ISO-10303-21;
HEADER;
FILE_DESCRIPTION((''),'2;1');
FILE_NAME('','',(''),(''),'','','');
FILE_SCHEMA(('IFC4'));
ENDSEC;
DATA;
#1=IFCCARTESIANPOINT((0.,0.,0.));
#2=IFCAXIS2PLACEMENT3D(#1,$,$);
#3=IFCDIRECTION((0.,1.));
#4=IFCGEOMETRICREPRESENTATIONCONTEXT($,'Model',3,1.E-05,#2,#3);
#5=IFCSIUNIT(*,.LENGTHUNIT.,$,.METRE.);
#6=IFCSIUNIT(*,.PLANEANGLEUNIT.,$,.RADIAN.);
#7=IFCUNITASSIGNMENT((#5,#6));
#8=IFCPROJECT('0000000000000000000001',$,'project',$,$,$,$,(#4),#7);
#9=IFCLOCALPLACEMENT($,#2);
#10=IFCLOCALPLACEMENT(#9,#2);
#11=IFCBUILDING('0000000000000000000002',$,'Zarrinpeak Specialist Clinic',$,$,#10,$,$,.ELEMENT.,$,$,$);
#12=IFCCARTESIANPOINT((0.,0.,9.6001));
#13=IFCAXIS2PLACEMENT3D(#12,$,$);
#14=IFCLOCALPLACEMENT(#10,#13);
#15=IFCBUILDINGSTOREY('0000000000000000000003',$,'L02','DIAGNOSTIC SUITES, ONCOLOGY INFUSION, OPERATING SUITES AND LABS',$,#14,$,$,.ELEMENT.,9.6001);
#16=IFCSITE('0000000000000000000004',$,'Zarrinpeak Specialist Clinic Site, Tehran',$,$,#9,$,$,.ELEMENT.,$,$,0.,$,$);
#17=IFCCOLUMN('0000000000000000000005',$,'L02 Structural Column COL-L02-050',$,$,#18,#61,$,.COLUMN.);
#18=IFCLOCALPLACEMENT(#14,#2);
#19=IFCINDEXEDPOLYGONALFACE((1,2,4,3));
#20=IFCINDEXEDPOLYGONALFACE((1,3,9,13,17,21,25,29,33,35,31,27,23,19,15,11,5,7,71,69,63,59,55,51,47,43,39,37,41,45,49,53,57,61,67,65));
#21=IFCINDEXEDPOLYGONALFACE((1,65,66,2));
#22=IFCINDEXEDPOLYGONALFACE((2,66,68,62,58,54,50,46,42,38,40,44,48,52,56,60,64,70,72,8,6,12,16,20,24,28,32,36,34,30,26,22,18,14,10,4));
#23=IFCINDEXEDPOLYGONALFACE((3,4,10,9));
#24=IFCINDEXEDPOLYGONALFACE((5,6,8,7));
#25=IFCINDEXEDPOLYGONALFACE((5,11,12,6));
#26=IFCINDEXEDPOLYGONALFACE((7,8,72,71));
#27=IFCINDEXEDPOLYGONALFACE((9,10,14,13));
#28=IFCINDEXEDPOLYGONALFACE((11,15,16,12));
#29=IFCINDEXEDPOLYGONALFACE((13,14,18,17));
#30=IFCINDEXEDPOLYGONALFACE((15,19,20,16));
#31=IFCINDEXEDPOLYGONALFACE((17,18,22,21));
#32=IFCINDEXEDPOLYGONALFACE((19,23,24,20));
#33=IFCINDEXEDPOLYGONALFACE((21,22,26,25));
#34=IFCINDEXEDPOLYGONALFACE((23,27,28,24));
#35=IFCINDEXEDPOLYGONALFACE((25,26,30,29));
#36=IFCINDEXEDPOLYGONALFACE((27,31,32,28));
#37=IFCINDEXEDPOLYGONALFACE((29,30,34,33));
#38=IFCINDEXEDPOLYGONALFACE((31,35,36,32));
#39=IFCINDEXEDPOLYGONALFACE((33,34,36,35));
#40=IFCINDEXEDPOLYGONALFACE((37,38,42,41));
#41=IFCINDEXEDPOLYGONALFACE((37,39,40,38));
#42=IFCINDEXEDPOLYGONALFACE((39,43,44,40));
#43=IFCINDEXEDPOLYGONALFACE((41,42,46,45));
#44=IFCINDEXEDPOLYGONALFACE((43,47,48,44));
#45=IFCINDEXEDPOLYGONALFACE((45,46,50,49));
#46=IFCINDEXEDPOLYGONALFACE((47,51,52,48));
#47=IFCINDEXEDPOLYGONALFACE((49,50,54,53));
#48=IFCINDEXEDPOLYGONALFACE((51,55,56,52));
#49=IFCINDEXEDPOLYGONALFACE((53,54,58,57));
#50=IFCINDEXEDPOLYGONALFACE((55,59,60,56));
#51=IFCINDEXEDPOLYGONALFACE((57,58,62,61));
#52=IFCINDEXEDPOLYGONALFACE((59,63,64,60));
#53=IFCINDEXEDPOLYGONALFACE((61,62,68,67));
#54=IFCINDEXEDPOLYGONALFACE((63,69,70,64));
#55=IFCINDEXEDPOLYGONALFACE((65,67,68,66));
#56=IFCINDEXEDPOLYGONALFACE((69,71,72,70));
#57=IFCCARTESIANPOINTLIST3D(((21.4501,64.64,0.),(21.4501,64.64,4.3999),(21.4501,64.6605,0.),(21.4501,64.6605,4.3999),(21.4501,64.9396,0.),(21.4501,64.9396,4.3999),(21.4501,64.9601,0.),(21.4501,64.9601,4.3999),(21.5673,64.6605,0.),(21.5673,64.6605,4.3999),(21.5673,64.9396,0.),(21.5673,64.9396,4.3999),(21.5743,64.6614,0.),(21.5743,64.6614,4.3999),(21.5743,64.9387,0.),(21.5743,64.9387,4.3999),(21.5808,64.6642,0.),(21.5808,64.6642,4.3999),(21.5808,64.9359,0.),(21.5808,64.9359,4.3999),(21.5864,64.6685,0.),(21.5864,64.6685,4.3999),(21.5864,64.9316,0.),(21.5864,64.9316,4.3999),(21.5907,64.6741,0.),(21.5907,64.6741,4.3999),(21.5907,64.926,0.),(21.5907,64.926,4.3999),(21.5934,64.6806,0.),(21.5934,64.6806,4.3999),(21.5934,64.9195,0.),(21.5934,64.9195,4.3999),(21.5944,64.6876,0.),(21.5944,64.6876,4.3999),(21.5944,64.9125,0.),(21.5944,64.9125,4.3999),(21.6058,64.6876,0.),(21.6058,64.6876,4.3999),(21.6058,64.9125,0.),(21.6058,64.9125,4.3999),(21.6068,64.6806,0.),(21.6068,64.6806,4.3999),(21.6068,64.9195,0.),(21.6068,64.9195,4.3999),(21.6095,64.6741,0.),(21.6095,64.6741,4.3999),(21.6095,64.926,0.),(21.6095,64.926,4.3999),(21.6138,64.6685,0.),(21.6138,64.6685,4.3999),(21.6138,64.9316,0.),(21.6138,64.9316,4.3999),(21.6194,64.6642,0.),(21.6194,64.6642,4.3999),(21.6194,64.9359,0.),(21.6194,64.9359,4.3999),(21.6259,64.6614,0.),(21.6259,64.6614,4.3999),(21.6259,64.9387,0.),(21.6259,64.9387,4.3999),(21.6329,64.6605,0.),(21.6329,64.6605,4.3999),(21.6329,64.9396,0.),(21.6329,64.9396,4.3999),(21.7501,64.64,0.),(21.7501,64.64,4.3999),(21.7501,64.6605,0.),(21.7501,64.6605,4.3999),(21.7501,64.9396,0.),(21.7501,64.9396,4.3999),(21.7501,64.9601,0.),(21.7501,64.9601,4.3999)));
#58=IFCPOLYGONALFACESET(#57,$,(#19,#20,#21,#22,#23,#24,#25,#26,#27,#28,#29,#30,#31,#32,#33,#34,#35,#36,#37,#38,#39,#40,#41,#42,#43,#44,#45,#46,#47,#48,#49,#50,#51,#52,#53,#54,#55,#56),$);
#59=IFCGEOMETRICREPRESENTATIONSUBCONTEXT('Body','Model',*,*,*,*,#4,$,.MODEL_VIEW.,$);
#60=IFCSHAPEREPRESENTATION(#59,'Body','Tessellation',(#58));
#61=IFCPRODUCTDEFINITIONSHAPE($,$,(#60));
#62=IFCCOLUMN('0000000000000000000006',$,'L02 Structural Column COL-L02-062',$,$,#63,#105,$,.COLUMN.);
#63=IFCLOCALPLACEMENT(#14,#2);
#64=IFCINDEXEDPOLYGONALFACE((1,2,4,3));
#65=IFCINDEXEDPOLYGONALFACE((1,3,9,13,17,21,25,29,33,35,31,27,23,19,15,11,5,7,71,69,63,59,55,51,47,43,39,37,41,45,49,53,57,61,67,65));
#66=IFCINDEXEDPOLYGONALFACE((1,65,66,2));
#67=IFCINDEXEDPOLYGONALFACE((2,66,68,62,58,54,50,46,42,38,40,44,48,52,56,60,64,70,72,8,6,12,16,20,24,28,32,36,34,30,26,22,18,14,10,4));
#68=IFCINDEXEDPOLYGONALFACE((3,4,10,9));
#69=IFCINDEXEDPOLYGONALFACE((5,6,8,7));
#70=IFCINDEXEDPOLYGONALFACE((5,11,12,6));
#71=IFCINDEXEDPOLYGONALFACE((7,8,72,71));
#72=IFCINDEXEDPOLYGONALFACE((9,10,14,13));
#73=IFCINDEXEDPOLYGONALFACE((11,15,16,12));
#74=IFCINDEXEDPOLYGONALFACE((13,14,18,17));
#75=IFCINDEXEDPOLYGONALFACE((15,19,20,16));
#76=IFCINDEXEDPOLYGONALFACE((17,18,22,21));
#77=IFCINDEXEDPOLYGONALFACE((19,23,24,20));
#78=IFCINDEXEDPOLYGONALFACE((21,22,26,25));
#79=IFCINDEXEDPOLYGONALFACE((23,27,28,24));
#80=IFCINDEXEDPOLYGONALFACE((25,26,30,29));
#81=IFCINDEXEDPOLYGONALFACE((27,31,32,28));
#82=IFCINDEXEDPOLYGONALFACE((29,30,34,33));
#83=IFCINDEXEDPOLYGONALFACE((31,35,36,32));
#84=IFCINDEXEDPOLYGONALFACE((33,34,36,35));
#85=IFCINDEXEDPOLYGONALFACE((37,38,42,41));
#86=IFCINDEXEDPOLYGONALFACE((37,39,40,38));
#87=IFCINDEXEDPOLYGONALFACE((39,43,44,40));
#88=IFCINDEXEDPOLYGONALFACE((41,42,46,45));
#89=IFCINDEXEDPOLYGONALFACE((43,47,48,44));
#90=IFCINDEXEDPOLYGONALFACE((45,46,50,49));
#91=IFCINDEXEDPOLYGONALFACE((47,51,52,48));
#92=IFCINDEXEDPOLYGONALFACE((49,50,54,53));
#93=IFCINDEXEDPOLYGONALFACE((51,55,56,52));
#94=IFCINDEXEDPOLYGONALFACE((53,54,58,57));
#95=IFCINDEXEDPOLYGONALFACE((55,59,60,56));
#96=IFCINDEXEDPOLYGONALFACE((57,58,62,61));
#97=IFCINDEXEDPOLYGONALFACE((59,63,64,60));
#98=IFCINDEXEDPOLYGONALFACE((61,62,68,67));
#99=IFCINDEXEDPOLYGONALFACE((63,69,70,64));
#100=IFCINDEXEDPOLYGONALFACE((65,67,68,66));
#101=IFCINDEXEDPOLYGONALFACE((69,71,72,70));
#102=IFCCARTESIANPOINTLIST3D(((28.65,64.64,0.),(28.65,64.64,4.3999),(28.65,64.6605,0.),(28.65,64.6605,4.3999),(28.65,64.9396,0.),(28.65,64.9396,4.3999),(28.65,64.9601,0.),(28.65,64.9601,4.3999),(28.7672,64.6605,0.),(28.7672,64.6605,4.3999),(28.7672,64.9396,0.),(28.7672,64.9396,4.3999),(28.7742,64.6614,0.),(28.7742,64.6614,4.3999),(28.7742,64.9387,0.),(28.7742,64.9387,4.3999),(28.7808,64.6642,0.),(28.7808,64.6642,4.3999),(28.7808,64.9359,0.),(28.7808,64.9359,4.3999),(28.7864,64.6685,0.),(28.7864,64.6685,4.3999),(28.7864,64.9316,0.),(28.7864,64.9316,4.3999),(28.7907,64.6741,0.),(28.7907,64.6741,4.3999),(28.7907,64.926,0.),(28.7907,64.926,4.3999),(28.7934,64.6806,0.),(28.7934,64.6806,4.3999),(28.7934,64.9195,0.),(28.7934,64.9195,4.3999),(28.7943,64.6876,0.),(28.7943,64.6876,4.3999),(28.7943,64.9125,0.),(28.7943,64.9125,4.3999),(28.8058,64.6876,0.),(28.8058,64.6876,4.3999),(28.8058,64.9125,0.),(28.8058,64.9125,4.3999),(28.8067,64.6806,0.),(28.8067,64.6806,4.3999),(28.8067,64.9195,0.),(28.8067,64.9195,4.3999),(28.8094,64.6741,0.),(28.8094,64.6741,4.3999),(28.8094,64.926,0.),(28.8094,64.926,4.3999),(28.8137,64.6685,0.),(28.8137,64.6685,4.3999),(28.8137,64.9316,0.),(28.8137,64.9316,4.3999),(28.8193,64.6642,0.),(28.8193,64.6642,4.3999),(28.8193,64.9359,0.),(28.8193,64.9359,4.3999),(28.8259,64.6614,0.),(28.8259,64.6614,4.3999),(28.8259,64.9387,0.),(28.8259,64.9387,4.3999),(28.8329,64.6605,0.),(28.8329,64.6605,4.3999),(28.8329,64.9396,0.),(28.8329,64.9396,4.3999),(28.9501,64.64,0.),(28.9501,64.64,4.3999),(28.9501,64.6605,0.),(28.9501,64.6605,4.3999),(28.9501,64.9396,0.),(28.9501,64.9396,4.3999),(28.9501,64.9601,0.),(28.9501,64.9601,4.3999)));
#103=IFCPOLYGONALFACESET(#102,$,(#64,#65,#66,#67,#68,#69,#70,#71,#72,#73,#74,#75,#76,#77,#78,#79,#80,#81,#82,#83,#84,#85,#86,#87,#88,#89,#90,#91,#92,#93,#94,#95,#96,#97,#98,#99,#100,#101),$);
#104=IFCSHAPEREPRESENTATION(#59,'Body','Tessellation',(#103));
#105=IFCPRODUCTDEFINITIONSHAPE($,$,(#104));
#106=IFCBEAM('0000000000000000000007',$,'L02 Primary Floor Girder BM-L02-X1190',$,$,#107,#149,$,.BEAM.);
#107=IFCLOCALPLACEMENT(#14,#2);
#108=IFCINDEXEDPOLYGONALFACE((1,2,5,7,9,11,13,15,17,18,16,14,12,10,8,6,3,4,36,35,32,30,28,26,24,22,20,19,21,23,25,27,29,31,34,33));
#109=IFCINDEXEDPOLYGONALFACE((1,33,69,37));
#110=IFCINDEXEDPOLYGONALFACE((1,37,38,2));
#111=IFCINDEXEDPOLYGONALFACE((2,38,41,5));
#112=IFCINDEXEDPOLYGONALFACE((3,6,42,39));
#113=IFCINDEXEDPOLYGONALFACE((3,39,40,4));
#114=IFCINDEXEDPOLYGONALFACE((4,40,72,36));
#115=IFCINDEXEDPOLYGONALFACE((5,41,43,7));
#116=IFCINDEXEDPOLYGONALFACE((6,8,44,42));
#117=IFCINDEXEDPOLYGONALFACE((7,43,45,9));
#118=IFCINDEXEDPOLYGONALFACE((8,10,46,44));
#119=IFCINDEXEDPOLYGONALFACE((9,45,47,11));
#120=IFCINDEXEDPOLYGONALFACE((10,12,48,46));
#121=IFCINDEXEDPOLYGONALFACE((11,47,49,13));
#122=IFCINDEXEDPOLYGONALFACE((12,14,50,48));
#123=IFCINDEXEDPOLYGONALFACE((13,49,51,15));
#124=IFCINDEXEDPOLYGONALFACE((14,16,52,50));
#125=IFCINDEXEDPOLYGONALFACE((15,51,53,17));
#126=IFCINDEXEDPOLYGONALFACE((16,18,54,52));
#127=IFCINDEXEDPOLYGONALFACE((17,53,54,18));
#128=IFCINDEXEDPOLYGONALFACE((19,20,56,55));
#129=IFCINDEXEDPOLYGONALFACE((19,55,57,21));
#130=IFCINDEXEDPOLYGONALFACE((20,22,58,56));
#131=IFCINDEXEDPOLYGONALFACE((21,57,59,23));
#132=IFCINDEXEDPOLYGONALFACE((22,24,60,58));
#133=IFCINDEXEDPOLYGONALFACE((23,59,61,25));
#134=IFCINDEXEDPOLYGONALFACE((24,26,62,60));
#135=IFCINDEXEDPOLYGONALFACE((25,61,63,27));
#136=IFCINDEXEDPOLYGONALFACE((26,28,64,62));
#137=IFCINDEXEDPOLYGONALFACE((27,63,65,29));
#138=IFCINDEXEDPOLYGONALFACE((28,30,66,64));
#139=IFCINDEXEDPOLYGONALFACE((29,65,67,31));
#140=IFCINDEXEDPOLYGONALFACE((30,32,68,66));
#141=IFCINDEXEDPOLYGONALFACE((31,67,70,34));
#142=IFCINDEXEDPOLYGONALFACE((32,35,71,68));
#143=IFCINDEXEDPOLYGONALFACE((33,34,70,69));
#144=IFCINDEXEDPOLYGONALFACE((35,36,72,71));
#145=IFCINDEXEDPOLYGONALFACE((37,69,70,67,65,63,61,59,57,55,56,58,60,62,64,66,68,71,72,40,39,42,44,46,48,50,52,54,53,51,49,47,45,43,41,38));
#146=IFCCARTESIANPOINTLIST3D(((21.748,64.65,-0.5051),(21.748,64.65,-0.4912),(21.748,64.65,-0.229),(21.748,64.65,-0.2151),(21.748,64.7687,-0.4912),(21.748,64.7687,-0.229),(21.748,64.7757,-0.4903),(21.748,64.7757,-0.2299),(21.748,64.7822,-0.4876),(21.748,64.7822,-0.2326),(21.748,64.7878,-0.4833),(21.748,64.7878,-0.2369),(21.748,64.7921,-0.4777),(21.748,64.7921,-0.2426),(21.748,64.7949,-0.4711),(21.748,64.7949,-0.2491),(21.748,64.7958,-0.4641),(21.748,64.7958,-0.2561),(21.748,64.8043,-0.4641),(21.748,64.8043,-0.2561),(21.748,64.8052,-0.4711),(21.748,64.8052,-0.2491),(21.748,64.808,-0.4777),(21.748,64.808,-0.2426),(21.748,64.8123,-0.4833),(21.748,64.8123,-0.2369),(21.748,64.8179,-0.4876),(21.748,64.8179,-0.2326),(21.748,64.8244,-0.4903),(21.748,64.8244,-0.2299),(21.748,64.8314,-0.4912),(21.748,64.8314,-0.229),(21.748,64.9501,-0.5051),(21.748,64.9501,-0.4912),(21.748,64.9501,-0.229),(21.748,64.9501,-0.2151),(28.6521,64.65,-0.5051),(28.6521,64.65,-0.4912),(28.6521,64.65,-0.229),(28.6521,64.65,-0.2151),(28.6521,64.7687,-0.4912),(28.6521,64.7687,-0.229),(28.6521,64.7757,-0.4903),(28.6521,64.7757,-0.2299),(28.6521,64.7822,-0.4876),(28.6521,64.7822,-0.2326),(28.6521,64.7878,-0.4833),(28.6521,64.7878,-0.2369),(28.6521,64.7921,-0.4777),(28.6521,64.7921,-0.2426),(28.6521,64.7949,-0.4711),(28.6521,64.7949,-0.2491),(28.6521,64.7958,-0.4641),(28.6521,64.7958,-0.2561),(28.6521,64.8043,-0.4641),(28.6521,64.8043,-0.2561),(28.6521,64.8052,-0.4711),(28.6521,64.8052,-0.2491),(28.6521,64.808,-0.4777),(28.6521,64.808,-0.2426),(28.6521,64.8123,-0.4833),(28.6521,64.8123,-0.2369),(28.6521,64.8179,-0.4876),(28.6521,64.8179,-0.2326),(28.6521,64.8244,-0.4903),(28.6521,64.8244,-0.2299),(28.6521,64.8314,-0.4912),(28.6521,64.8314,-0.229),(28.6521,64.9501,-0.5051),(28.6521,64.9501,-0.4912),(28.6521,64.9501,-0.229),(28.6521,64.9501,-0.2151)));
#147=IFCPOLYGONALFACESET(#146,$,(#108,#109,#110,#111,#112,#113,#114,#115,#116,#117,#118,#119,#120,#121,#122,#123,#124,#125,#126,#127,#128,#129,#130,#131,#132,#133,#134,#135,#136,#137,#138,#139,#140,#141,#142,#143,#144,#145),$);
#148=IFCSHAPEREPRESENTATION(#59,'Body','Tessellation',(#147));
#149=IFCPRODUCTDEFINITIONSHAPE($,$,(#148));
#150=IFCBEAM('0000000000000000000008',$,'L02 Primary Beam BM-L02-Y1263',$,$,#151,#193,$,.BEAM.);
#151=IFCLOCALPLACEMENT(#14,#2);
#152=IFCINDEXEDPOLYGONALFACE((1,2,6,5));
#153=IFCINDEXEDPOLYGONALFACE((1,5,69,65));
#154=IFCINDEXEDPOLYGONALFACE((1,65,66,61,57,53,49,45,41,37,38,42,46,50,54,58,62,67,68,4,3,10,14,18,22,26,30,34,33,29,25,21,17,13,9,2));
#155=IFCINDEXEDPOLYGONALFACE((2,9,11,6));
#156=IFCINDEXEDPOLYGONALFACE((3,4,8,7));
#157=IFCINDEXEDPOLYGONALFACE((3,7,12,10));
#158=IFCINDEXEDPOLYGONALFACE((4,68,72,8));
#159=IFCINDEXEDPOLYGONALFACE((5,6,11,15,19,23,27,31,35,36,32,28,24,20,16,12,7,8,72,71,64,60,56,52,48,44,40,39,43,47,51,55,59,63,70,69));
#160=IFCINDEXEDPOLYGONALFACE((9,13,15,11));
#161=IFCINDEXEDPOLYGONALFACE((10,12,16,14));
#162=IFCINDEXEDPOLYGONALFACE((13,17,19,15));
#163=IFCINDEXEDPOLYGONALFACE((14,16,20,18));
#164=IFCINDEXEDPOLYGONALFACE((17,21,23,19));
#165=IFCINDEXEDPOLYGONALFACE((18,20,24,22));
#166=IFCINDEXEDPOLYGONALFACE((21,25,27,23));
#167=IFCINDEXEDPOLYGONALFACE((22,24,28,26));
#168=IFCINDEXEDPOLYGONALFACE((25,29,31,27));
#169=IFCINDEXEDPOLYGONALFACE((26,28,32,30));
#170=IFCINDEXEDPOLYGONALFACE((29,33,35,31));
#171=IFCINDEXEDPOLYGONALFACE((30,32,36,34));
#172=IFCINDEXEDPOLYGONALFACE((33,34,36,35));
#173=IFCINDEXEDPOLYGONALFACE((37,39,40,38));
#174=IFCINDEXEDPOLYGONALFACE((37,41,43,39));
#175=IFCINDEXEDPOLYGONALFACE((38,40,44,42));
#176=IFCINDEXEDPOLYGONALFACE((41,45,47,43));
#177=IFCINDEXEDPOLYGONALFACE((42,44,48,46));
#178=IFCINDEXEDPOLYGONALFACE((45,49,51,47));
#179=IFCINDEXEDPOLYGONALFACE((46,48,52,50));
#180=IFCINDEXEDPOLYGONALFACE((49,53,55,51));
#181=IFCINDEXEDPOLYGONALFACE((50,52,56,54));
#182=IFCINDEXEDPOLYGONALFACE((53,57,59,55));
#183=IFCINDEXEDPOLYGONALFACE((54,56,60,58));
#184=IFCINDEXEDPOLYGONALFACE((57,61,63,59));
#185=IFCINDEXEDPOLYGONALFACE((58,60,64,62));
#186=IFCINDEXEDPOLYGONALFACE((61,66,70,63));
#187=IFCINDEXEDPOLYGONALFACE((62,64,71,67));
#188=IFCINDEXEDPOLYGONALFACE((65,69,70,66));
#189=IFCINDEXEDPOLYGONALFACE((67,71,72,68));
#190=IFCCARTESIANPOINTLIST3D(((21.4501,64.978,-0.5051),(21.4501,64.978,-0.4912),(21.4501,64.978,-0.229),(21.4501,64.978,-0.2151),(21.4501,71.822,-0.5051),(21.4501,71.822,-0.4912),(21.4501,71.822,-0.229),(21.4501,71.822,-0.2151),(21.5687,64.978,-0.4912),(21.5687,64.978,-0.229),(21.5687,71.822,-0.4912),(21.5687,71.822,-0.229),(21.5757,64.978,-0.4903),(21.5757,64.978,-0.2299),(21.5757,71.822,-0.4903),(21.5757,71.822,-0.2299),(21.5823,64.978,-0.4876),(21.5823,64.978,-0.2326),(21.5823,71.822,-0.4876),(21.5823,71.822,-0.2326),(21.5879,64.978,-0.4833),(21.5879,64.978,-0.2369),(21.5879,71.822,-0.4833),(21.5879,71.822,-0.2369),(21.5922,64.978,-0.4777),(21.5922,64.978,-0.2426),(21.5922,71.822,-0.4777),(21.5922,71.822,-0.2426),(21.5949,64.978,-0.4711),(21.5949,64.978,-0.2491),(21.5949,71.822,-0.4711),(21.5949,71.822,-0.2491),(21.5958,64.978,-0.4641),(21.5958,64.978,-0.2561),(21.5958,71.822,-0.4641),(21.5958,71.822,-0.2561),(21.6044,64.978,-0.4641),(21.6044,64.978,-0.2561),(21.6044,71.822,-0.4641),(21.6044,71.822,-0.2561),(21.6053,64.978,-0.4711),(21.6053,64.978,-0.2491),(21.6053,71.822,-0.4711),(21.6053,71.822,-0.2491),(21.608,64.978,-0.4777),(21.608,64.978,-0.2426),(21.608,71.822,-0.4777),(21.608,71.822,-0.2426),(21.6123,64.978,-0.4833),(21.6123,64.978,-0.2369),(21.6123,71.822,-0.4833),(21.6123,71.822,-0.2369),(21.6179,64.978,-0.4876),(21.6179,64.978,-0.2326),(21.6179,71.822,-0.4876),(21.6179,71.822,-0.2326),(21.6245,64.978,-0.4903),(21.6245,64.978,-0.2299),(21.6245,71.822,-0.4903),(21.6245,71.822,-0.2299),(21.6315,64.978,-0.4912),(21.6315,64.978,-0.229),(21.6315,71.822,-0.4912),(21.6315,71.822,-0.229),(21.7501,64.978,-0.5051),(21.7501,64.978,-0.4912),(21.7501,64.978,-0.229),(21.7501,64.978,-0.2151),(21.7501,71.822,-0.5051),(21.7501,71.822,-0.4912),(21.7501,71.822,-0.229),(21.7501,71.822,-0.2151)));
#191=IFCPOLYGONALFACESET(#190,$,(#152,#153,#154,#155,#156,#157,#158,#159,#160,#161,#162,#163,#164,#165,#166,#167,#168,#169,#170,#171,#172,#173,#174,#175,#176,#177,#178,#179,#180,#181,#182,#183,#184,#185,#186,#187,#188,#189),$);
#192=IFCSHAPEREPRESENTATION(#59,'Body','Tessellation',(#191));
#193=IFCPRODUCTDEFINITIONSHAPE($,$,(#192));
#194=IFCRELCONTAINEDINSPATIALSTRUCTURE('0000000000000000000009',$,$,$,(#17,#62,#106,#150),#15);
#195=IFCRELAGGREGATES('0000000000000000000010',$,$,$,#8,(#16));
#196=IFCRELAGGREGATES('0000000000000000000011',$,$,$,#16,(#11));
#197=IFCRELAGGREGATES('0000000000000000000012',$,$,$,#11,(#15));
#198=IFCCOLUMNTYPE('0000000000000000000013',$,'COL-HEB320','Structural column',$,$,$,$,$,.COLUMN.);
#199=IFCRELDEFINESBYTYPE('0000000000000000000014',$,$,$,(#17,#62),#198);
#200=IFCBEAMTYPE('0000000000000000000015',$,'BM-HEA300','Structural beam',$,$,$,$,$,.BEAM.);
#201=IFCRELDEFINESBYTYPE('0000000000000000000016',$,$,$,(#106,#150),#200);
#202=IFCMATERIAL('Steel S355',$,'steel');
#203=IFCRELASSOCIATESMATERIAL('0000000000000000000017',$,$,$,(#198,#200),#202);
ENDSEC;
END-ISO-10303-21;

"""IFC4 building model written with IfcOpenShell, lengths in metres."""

from ifc_helpers import new_model, si_unit, direction, frame, origin, origin_2d, place, context, subcontext, project, spatial, i_section, extrude, material, material_profile, profile_set, type_object, element, save


model = new_model("IFC4")

# Units and contexts
model_context = context("Model", 3, precision=1e-05, world=origin(), true_north=direction((0.0, 1.0)))
body_context = subcontext(model_context, "Body", "Model", "MODEL_VIEW")
ifc_project = project(units=[si_unit("LENGTHUNIT", "METRE"), si_unit("PLANEANGLEUNIT", "RADIAN")], contexts=[model_context])

# Site, building, storey
site_placement = place(None, origin())
site = spatial("IfcSite", under=ifc_project, at=site_placement, Name="Zarrinpeak Specialist Clinic Site, Tehran", CompositionType="ELEMENT", RefElevation=0.0)
building_placement = place(site_placement, origin())
building = spatial("IfcBuilding", under=site, at=building_placement, Name="Zarrinpeak Specialist Clinic", CompositionType="ELEMENT")
storey_placement = place(building_placement, frame((0.0, 0.0, 9.6001)))
storey = spatial("IfcBuildingStorey", under=building, at=storey_placement, Name="L02", Description="DIAGNOSTIC SUITES, ONCOLOGY INFUSION, OPERATING SUITES AND LABS", CompositionType="ELEMENT", Elevation=9.6001)

# Columns
ifc_material_1 = material(Name="Steel S355", Category="steel")
ifc_material_profile_1 = material_profile(ifc_material_1, i_section(OverallWidth=0.3, OverallDepth=0.3201, WebThickness=0.0115, FlangeThickness=0.0205, FilletRadius=0.0271, at=origin_2d()), Name="HEB 320")
ifc_profile_set_1 = profile_set([ifc_material_profile_1], Name="Steel S355")
column_type = type_object("IfcColumnType", Name="COL-HEB320", Description="Structural column", PredefinedType="COLUMN", material=ifc_profile_set_1)
for number, where, z_axis, x_axis, name in (
    (1, (21.6001, 64.8, 0.0), (0.0, 0.0, 1.0), (1.0, 0.0, 0.0), "L02 Structural Column COL-L02-050"),
    (2, (28.8, 64.8, 0.0), (0.0, 0.0, 1.0), (1.0, 0.0, 0.0), "L02 Structural Column COL-L02-062"),
):
    element("IfcColumn", number, at=place(storey_placement, frame(where, z_axis=z_axis, x_axis=x_axis)), inside=storey, type_object=column_type, Name=name, PredefinedType="COLUMN", context=body_context, shape_type="SweptSolid", body=[
        extrude(i_section(OverallWidth=0.3, OverallDepth=0.3201, WebThickness=0.0115, FlangeThickness=0.0205, FilletRadius=0.0271, at=origin_2d()), origin(), (0.0, 0.0, 1.0), 4.3999),
    ])

# Beams
ifc_material_profile_2 = material_profile(ifc_material_1, i_section(OverallWidth=0.3, OverallDepth=0.29, WebThickness=0.0085, FlangeThickness=0.0139, FilletRadius=0.0271, at=origin_2d()), Name="HEA 300")
ifc_profile_set_2 = profile_set([ifc_material_profile_2], Name="Steel S355")
beam_type_1 = type_object("IfcBeamType", Name="BM-HEA300", Description="Structural beam", PredefinedType="BEAM", material=ifc_profile_set_2)
beam_1_placement = place(storey_placement, frame((21.748, 64.8, -0.3601), z_axis=(1.0, 0.0, 0.0), x_axis=(0.0, 1.0, 0.0)))
element("IfcBeam", 3, at=beam_1_placement, inside=storey, type_object=beam_type_1, Name="L02 Primary Floor Girder BM-L02-X1190", PredefinedType="BEAM", context=body_context, shape_type="SweptSolid", body=[
    extrude(i_section(OverallWidth=0.3, OverallDepth=0.29, WebThickness=0.0085, FlangeThickness=0.0139, FilletRadius=0.0271, at=origin_2d()), origin(), (0.0, 0.0, 1.0), 6.9041),
])
beam_2_placement = place(storey_placement, frame((21.6001, 64.978, -0.3601), z_axis=(0.0, 1.0, 0.0), x_axis=(-1.0, 0.0, 0.0)))
element("IfcBeam", 4, at=beam_2_placement, inside=storey, type_object=beam_type_1, Name="L02 Primary Beam BM-L02-Y1263", PredefinedType="BEAM", context=body_context, shape_type="SweptSolid", body=[
    extrude(i_section(OverallWidth=0.3, OverallDepth=0.29, WebThickness=0.0085, FlangeThickness=0.0139, FilletRadius=0.0271, at=origin_2d()), origin(), (0.0, 0.0, 1.0), 6.844),
])

save(model, "model.ifc")
